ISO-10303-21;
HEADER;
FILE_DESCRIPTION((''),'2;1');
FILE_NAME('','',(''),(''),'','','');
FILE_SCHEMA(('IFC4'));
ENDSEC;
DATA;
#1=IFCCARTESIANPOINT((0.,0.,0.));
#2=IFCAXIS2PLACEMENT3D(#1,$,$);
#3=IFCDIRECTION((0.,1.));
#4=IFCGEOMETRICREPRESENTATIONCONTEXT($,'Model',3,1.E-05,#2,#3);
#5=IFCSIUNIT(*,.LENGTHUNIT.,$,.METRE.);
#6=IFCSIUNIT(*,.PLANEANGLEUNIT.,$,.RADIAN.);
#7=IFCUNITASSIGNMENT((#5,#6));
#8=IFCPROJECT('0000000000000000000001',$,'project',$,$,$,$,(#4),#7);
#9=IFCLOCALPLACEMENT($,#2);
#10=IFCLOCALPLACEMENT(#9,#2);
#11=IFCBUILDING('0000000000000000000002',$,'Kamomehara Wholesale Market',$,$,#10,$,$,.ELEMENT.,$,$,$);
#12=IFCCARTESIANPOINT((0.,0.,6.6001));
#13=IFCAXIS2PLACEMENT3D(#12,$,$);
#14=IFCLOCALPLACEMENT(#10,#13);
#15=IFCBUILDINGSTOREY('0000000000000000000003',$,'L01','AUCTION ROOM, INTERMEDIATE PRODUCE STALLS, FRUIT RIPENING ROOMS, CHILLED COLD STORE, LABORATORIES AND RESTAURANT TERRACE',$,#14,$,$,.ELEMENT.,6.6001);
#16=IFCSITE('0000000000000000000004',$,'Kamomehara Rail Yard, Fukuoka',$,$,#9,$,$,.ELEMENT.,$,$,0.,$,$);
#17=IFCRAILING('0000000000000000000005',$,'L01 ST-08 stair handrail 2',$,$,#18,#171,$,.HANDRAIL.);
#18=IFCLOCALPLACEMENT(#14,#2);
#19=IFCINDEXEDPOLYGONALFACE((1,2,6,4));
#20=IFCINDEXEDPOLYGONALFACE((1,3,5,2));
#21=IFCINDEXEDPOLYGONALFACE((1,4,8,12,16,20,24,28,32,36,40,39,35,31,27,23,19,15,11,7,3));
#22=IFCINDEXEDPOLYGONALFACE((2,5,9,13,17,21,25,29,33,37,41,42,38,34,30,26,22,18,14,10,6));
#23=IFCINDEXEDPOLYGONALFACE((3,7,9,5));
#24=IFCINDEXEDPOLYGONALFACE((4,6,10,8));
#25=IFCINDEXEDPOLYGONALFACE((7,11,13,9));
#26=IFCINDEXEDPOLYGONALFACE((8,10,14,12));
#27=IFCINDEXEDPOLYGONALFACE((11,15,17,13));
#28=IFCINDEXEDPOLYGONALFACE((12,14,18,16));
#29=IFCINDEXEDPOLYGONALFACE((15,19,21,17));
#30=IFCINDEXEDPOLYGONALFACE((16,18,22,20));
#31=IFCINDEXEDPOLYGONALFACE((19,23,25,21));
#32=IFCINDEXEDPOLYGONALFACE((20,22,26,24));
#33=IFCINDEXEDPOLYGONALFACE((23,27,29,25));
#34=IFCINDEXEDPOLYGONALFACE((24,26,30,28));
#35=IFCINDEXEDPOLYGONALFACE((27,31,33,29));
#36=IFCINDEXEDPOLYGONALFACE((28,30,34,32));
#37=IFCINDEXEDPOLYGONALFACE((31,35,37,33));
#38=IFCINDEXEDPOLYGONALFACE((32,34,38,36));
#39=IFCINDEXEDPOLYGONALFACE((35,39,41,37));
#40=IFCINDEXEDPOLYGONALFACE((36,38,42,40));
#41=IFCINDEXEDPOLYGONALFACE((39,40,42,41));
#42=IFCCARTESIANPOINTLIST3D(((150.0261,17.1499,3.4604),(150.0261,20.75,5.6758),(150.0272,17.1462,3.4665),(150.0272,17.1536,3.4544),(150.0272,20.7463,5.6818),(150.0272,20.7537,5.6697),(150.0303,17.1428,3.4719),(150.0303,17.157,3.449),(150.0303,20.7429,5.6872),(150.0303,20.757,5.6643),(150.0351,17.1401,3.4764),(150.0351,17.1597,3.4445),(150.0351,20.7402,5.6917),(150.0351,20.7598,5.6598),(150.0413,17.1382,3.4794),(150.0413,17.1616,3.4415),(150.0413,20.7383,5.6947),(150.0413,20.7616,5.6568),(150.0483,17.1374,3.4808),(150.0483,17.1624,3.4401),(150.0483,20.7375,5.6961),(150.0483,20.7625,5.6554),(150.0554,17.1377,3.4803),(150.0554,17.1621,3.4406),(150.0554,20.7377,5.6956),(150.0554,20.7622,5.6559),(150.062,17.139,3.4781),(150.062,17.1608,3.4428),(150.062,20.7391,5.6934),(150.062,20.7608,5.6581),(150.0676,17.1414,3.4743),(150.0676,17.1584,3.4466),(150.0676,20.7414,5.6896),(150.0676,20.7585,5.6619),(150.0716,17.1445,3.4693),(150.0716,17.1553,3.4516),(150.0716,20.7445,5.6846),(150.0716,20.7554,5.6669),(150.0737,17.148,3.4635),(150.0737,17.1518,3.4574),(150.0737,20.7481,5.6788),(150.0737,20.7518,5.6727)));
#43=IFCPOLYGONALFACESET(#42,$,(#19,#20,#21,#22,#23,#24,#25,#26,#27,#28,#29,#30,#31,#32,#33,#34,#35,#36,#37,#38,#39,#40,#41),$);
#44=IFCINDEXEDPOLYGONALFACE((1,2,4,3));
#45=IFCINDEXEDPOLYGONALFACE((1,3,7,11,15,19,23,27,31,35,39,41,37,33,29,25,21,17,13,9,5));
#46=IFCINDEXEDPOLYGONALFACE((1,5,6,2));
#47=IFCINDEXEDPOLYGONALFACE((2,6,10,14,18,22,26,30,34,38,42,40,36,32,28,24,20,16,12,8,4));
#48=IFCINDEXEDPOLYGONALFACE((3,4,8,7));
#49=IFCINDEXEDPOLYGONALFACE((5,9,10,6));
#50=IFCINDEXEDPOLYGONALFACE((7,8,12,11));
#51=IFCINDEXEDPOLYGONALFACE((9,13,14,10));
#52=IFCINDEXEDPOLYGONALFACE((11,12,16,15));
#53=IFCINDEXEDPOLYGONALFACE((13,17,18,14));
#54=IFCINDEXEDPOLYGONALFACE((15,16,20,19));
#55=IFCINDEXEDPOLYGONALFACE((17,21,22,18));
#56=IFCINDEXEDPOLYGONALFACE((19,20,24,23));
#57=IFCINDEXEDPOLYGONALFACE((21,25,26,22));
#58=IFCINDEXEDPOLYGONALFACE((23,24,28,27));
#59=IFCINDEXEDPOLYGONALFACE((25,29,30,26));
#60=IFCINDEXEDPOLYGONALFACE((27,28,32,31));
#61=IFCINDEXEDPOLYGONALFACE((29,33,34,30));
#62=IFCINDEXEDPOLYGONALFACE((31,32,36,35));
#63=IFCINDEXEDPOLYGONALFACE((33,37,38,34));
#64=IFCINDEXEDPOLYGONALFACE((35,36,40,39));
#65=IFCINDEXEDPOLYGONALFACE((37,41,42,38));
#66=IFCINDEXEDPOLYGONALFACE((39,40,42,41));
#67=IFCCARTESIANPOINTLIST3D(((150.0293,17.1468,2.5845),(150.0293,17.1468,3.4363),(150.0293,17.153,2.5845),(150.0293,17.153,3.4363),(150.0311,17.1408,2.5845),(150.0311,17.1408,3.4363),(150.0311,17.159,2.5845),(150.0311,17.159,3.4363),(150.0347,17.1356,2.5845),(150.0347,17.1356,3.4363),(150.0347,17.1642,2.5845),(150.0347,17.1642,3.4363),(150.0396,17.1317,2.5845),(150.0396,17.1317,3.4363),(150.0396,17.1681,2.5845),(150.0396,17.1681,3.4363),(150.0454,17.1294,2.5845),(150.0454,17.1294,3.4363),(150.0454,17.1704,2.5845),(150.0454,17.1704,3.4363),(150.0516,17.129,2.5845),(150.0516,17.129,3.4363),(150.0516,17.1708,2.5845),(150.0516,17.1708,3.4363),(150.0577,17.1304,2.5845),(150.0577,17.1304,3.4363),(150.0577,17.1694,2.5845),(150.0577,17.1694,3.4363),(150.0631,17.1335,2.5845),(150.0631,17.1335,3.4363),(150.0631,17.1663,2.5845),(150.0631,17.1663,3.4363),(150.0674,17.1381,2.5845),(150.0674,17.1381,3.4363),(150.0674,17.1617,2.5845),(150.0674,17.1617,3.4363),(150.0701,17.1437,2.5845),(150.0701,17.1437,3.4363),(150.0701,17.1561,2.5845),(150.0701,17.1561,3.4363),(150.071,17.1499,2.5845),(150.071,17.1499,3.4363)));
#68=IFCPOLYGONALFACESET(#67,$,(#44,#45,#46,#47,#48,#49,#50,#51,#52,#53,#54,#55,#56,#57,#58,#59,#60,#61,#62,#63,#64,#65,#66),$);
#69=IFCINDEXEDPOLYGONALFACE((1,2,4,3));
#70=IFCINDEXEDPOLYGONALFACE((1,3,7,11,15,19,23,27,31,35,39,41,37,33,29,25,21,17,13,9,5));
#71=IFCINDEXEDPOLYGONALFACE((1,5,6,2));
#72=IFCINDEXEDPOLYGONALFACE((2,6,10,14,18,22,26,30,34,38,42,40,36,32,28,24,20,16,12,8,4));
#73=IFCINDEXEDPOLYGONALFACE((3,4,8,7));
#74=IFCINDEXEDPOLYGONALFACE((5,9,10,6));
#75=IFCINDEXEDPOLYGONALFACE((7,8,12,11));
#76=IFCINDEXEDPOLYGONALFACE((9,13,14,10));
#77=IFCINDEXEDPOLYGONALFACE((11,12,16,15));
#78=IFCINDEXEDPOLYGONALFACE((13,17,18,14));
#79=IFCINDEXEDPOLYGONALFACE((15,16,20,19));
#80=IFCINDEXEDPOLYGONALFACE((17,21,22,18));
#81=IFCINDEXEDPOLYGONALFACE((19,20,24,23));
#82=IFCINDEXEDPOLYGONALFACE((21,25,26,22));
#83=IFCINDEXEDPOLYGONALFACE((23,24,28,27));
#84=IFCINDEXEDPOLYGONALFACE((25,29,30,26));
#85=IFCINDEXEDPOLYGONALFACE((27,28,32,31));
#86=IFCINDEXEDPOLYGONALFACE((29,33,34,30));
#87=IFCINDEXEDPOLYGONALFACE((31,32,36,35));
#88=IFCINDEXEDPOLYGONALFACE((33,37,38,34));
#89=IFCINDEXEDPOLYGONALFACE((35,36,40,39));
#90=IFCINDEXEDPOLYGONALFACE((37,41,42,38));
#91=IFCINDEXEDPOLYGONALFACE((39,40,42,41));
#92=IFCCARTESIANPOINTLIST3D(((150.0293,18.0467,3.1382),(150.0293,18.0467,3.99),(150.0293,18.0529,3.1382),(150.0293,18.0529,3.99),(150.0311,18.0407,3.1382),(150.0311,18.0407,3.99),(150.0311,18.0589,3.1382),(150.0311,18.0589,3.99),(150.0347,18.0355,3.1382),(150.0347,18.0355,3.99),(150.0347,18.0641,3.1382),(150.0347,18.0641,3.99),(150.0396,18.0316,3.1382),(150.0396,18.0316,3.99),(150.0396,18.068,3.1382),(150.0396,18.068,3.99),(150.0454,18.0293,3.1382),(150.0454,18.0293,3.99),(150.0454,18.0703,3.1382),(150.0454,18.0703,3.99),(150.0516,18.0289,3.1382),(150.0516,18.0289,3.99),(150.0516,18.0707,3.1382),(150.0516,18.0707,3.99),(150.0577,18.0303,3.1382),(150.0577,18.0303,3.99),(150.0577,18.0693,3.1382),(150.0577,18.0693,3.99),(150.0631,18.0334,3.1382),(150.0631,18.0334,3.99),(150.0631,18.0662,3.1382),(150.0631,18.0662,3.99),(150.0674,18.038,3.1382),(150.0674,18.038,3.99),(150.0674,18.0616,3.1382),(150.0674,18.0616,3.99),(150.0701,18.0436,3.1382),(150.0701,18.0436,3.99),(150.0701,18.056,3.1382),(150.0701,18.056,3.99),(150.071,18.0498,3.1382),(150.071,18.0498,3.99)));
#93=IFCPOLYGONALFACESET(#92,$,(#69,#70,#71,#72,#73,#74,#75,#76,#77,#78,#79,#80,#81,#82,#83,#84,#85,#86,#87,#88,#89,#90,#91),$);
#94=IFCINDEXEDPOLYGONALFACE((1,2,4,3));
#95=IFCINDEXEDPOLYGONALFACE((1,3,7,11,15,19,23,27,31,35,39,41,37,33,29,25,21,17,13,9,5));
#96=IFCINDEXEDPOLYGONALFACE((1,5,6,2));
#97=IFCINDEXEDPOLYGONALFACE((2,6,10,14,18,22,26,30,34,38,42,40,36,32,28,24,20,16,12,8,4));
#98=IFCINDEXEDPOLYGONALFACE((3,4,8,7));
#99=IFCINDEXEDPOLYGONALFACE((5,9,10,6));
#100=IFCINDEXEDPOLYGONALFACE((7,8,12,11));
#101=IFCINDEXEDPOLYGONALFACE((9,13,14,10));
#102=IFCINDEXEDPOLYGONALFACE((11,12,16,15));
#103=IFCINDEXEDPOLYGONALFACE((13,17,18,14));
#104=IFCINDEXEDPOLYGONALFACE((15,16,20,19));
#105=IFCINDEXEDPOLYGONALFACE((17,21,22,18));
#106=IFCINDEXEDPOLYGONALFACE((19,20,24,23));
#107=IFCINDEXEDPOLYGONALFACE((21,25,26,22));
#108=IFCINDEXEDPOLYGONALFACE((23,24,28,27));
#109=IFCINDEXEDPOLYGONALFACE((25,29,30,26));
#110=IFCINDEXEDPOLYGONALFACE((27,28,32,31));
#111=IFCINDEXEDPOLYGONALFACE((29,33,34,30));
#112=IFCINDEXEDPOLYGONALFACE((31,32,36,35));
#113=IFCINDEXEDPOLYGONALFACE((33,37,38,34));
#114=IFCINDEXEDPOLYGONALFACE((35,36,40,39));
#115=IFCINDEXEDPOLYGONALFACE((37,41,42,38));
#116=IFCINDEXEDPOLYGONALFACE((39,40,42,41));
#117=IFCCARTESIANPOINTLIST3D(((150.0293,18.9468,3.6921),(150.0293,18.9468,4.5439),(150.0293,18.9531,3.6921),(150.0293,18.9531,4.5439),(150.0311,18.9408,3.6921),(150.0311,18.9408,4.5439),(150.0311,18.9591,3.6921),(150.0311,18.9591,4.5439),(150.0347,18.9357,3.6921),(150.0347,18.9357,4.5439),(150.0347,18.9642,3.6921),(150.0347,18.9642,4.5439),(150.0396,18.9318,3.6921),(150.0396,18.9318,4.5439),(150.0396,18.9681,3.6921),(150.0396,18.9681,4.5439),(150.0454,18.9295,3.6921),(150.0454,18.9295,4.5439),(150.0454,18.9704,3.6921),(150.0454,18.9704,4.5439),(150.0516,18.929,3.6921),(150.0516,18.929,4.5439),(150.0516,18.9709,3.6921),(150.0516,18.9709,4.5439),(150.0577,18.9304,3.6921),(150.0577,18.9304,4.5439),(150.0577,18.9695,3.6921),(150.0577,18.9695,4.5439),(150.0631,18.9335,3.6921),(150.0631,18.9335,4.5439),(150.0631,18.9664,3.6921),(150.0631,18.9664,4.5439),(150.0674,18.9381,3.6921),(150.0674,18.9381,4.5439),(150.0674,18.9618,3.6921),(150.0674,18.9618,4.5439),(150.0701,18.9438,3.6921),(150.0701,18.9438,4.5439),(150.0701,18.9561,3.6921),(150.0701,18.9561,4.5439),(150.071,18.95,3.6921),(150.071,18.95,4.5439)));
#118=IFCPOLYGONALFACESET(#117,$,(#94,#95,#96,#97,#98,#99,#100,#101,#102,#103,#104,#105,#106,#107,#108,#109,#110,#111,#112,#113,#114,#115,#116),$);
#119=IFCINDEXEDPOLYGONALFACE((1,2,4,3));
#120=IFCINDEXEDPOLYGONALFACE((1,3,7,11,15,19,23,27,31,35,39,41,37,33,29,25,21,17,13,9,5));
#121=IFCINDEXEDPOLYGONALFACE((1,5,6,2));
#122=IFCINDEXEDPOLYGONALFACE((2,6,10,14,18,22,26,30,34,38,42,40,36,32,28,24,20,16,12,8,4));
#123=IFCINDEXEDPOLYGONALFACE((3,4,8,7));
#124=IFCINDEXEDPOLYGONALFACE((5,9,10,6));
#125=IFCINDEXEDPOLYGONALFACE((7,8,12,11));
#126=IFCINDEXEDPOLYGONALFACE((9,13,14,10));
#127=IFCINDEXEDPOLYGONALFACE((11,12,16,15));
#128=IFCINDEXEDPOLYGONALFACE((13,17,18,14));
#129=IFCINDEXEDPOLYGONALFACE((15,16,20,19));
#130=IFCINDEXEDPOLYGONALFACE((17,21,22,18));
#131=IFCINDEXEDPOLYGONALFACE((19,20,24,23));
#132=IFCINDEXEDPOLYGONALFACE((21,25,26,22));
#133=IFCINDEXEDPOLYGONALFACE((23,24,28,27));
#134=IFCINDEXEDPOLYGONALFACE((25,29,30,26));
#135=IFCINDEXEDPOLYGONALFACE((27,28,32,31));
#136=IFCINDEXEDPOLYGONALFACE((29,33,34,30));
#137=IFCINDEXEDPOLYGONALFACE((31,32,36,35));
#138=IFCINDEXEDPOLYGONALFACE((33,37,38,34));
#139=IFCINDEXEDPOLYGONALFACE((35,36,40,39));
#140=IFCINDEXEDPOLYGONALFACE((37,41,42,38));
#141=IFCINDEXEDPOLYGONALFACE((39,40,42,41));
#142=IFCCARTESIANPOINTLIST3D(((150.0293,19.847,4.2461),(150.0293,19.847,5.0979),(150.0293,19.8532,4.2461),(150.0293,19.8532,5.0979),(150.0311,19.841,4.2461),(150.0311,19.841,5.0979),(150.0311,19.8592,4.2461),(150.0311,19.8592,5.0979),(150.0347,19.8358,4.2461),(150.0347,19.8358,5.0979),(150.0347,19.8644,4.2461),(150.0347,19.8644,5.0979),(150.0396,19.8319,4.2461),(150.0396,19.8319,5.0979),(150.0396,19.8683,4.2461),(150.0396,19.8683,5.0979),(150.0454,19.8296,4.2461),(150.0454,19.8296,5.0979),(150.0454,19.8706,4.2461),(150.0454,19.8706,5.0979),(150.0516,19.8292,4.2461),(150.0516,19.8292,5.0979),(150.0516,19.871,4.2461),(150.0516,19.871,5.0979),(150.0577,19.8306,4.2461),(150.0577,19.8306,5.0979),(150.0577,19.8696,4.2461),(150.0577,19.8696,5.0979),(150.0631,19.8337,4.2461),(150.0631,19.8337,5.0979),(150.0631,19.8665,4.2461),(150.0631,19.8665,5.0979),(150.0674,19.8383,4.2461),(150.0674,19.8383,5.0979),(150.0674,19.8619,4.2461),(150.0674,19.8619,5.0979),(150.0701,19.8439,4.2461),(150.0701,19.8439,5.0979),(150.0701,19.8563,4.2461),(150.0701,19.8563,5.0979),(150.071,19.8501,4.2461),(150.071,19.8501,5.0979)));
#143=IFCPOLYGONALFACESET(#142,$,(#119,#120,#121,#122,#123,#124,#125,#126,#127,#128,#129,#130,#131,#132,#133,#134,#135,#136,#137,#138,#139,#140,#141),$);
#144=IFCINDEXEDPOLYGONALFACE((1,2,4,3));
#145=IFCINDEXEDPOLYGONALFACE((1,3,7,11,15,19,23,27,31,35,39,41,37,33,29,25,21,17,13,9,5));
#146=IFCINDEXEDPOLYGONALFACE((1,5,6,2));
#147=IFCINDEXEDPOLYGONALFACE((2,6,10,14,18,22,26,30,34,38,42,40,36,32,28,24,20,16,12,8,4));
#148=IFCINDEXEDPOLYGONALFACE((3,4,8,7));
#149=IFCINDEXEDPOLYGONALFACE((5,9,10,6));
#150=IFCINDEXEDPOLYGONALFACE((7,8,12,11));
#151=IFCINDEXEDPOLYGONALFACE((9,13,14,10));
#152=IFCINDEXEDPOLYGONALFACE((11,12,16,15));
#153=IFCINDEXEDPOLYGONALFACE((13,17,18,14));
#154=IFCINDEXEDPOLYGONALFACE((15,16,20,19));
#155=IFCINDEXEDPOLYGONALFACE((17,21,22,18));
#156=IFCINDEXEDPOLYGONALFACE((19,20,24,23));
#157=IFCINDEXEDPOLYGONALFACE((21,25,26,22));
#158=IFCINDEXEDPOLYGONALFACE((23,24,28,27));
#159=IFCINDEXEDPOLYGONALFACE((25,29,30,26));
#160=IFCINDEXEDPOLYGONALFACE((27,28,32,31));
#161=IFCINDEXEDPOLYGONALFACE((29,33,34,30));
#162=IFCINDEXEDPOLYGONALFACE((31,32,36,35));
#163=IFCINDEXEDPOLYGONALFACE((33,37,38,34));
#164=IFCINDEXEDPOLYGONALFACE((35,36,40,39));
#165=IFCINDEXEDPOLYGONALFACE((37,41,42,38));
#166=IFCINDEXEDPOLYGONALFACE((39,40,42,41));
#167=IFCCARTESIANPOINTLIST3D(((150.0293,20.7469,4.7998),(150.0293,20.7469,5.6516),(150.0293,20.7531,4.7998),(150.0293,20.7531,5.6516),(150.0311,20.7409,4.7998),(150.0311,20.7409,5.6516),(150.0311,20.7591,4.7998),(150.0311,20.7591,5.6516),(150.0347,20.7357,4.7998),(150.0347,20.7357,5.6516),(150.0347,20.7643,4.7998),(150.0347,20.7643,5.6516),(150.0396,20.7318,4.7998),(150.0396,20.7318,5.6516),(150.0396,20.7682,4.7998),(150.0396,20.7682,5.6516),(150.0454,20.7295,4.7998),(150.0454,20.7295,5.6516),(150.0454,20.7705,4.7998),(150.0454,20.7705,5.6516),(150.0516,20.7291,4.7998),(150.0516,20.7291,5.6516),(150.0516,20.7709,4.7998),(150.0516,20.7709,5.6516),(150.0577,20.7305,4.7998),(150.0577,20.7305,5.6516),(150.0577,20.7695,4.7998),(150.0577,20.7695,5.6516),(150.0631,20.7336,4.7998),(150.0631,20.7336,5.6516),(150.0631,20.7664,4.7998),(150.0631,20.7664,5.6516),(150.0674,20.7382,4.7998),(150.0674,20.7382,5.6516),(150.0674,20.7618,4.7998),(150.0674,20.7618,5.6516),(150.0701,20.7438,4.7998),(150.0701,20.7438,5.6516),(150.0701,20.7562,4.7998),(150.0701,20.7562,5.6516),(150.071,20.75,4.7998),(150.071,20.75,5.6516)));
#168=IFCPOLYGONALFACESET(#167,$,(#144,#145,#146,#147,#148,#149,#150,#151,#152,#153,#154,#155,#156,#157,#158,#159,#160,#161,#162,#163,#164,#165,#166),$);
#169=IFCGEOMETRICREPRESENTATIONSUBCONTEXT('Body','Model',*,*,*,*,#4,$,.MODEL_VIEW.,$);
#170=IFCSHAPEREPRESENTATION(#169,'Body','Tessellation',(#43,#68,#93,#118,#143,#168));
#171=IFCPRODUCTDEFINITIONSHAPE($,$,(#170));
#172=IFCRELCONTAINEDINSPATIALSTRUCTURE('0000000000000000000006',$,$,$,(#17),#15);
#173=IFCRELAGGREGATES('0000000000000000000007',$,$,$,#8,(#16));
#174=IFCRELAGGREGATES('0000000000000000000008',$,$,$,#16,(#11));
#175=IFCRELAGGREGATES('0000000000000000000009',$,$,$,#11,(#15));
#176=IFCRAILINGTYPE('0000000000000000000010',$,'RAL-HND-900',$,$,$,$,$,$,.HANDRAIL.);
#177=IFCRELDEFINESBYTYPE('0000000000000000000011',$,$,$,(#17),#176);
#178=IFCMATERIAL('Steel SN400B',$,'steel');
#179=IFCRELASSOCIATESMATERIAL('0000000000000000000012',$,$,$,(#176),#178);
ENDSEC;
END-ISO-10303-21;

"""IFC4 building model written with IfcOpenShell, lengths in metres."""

from ifc_helpers import new_model, si_unit, direction, frame, origin, origin_2d, place, context, subcontext, project, spatial, circle, extrude, material, type_object, element, save


model = new_model("IFC4")

# Units and contexts
model_context = context("Model", 3, precision=1e-05, world=origin(), true_north=direction((0.0, 1.0)))
body_context = subcontext(model_context, "Body", "Model", "MODEL_VIEW")
ifc_project = project(units=[si_unit("LENGTHUNIT", "METRE"), si_unit("PLANEANGLEUNIT", "RADIAN")], contexts=[model_context])

# Site, building, storey
site_placement = place(None, origin())
site = spatial("IfcSite", under=ifc_project, at=site_placement, Name="Kamomehara Rail Yard, Fukuoka", CompositionType="ELEMENT", RefElevation=0.0)
building_placement = place(site_placement, origin())
building = spatial("IfcBuilding", under=site, at=building_placement, Name="Kamomehara Wholesale Market", CompositionType="ELEMENT")
storey_placement = place(building_placement, frame((0.0, 0.0, 6.6001)))
storey = spatial("IfcBuildingStorey", under=building, at=storey_placement, Name="L01", Description="AUCTION ROOM, INTERMEDIATE PRODUCE STALLS, FRUIT RIPENING ROOMS, CHILLED COLD STORE, LABORATORIES AND RESTAURANT TERRACE", CompositionType="ELEMENT", Elevation=6.6001)

# Railing
ifc_material_1 = material(Name="Steel SN400B", Category="steel")
railing_type_1 = type_object("IfcRailingType", Name="RAL-HND-900", PredefinedType="HANDRAIL", material=ifc_material_1)
railing_1_placement = place(storey_placement, frame((150.05, 17.1499, 2.5845)))
element("IfcRailing", 1, at=railing_1_placement, inside=storey, type_object=railing_type_1, Name="L01 ST-08 stair handrail 2", PredefinedType="HANDRAIL", context=body_context, shape_type="SweptSolid", body=[
    extrude(circle(Radius=0.0239, at=origin_2d()), frame((0.0, 0.0, 0.876), z_axis=(0.0, 0.85167, 0.524078), x_axis=(-1.0, 0.0, 0.0)), (0.0, 0.0, 1.0), 4.2271),
    extrude(circle(Radius=0.021, at=origin_2d()), origin(), (0.0, 0.0, 1.0), 0.8518),
    extrude(circle(Radius=0.021, at=origin_2d()), frame((0.0, 0.8999, 0.5537)), (0.0, 0.0, 1.0), 0.8518),
    extrude(circle(Radius=0.021, at=origin_2d()), frame((0.0, 1.8, 1.1077)), (0.0, 0.0, 1.0), 0.8518),
    extrude(circle(Radius=0.021, at=origin_2d()), frame((0.0, 2.7002, 1.6616)), (0.0, 0.0, 1.0), 0.8518),
    extrude(circle(Radius=0.021, at=origin_2d()), frame((0.0, 3.6001, 2.2153)), (0.0, 0.0, 1.0), 0.8518),
])

save(model, "model.ifc")
